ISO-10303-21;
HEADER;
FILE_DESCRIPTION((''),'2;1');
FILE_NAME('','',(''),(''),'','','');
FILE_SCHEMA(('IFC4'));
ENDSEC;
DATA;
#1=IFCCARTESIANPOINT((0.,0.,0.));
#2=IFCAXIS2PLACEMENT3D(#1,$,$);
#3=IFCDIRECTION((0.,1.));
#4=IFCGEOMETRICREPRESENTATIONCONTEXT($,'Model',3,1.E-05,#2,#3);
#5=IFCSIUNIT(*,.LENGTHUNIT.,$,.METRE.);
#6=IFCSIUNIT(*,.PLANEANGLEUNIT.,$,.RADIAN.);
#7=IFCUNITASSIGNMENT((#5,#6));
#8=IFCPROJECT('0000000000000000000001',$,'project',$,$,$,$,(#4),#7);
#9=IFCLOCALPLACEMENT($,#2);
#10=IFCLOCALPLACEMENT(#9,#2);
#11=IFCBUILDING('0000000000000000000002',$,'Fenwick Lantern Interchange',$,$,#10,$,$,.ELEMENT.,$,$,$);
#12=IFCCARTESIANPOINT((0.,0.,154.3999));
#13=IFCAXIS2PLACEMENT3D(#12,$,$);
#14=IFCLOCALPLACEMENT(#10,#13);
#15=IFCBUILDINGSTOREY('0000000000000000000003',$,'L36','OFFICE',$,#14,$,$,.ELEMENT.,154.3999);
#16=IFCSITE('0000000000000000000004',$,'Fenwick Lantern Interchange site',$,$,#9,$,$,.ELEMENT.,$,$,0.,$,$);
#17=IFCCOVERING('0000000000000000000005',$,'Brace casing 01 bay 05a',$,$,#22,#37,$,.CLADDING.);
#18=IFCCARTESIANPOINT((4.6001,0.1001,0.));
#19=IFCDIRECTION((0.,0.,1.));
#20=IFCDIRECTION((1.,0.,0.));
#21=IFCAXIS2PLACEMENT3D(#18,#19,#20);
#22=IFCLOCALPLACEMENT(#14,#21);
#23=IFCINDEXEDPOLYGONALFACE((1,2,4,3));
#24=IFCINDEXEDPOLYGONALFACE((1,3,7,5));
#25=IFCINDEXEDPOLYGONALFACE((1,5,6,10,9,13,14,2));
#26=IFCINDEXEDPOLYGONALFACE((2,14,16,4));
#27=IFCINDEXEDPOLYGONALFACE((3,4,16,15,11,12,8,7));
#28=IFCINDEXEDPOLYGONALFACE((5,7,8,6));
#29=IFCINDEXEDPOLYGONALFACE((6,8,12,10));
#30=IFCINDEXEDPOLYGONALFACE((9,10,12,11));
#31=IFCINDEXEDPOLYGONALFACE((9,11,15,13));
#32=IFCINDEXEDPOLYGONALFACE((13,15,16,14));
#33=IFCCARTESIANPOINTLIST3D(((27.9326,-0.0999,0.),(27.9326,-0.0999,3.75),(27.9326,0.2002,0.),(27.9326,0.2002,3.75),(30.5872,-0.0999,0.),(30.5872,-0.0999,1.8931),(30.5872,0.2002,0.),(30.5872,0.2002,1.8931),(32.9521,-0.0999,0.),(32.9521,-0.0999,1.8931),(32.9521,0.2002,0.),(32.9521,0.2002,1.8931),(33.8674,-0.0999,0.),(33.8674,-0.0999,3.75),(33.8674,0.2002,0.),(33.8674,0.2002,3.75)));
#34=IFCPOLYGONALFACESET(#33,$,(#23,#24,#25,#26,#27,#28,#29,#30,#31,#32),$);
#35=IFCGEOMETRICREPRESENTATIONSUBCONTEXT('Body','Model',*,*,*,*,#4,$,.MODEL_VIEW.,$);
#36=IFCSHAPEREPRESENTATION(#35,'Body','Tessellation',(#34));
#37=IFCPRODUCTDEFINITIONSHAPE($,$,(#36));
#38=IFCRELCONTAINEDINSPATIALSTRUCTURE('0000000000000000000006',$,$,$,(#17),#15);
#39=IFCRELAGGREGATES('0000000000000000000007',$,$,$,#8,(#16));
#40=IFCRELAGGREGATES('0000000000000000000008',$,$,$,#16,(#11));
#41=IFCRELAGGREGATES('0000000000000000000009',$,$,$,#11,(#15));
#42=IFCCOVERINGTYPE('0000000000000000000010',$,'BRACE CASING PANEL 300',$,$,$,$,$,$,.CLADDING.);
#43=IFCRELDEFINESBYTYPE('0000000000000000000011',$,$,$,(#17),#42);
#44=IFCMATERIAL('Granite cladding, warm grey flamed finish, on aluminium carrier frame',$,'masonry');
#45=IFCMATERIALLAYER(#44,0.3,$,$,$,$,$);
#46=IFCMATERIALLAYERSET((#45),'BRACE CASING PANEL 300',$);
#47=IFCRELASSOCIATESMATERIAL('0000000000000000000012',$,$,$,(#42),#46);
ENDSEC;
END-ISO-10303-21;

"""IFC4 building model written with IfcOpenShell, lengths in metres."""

from ifc_helpers import new_model, si_unit, direction, frame, origin, place, context, subcontext, project, spatial, polyline, outline, extrude, material, layer, layer_set, type_object, element, save


model = new_model("IFC4")

# Units and contexts
model_context = context("Model", 3, precision=1e-05, world=origin(), true_north=direction((0.0, 1.0)))
body_context = subcontext(model_context, "Body", "Model", "MODEL_VIEW")
ifc_project = project(units=[si_unit("LENGTHUNIT", "METRE"), si_unit("PLANEANGLEUNIT", "RADIAN")], contexts=[model_context])

# Site, building, storey
site_placement = place(None, origin())
site = spatial("IfcSite", under=ifc_project, at=site_placement, Name="Fenwick Lantern Interchange site", CompositionType="ELEMENT", RefElevation=0.0)
building_placement = place(site_placement, origin())
building = spatial("IfcBuilding", under=site, at=building_placement, Name="Fenwick Lantern Interchange", CompositionType="ELEMENT")
storey_placement = place(building_placement, frame((0.0, 0.0, 154.3999)))
storey = spatial("IfcBuildingStorey", under=building, at=storey_placement, Name="L36", Description="OFFICE", CompositionType="ELEMENT", Elevation=154.3999)

# Covering
ifc_material_1 = material(Name="Granite cladding, warm grey flamed finish, on aluminium carrier frame", Category="masonry")
ifc_layer_1 = layer(ifc_material_1, 0.3)
ifc_layer_set_1 = layer_set([ifc_layer_1], Name="BRACE CASING PANEL 300")
covering_type_1 = type_object("IfcCoveringType", Name="BRACE CASING PANEL 300", PredefinedType="CLADDING", material=ifc_layer_set_1)
covering_1_placement = place(storey_placement, frame((4.6001, 0.1001, 0.0), z_axis=(0.0, 0.0, 1.0), x_axis=(1.0, 0.0, 0.0)))
element("IfcCovering", 1, at=covering_1_placement, inside=storey, type_object=covering_type_1, Name="Brace casing 01 bay 05a", PredefinedType="CLADDING", context=body_context, shape_type="SweptSolid", body=[
    extrude(outline(polyline([(27.9326, 0.0), (30.5872, 0.0), (30.5872, 1.8931), (32.9521, 1.8931), (32.9521, 0.0), (33.8674, 0.0), (33.8674, 3.75), (27.9326, 3.75), (27.9326, 0.0)])), frame((0.0, 0.2002, 0.0), z_axis=(0.0, -1.0, 0.0), x_axis=(1.0, 0.0, 0.0)), (0.0, 0.0, 1.0), 0.3),
])

save(model, "model.ifc")
